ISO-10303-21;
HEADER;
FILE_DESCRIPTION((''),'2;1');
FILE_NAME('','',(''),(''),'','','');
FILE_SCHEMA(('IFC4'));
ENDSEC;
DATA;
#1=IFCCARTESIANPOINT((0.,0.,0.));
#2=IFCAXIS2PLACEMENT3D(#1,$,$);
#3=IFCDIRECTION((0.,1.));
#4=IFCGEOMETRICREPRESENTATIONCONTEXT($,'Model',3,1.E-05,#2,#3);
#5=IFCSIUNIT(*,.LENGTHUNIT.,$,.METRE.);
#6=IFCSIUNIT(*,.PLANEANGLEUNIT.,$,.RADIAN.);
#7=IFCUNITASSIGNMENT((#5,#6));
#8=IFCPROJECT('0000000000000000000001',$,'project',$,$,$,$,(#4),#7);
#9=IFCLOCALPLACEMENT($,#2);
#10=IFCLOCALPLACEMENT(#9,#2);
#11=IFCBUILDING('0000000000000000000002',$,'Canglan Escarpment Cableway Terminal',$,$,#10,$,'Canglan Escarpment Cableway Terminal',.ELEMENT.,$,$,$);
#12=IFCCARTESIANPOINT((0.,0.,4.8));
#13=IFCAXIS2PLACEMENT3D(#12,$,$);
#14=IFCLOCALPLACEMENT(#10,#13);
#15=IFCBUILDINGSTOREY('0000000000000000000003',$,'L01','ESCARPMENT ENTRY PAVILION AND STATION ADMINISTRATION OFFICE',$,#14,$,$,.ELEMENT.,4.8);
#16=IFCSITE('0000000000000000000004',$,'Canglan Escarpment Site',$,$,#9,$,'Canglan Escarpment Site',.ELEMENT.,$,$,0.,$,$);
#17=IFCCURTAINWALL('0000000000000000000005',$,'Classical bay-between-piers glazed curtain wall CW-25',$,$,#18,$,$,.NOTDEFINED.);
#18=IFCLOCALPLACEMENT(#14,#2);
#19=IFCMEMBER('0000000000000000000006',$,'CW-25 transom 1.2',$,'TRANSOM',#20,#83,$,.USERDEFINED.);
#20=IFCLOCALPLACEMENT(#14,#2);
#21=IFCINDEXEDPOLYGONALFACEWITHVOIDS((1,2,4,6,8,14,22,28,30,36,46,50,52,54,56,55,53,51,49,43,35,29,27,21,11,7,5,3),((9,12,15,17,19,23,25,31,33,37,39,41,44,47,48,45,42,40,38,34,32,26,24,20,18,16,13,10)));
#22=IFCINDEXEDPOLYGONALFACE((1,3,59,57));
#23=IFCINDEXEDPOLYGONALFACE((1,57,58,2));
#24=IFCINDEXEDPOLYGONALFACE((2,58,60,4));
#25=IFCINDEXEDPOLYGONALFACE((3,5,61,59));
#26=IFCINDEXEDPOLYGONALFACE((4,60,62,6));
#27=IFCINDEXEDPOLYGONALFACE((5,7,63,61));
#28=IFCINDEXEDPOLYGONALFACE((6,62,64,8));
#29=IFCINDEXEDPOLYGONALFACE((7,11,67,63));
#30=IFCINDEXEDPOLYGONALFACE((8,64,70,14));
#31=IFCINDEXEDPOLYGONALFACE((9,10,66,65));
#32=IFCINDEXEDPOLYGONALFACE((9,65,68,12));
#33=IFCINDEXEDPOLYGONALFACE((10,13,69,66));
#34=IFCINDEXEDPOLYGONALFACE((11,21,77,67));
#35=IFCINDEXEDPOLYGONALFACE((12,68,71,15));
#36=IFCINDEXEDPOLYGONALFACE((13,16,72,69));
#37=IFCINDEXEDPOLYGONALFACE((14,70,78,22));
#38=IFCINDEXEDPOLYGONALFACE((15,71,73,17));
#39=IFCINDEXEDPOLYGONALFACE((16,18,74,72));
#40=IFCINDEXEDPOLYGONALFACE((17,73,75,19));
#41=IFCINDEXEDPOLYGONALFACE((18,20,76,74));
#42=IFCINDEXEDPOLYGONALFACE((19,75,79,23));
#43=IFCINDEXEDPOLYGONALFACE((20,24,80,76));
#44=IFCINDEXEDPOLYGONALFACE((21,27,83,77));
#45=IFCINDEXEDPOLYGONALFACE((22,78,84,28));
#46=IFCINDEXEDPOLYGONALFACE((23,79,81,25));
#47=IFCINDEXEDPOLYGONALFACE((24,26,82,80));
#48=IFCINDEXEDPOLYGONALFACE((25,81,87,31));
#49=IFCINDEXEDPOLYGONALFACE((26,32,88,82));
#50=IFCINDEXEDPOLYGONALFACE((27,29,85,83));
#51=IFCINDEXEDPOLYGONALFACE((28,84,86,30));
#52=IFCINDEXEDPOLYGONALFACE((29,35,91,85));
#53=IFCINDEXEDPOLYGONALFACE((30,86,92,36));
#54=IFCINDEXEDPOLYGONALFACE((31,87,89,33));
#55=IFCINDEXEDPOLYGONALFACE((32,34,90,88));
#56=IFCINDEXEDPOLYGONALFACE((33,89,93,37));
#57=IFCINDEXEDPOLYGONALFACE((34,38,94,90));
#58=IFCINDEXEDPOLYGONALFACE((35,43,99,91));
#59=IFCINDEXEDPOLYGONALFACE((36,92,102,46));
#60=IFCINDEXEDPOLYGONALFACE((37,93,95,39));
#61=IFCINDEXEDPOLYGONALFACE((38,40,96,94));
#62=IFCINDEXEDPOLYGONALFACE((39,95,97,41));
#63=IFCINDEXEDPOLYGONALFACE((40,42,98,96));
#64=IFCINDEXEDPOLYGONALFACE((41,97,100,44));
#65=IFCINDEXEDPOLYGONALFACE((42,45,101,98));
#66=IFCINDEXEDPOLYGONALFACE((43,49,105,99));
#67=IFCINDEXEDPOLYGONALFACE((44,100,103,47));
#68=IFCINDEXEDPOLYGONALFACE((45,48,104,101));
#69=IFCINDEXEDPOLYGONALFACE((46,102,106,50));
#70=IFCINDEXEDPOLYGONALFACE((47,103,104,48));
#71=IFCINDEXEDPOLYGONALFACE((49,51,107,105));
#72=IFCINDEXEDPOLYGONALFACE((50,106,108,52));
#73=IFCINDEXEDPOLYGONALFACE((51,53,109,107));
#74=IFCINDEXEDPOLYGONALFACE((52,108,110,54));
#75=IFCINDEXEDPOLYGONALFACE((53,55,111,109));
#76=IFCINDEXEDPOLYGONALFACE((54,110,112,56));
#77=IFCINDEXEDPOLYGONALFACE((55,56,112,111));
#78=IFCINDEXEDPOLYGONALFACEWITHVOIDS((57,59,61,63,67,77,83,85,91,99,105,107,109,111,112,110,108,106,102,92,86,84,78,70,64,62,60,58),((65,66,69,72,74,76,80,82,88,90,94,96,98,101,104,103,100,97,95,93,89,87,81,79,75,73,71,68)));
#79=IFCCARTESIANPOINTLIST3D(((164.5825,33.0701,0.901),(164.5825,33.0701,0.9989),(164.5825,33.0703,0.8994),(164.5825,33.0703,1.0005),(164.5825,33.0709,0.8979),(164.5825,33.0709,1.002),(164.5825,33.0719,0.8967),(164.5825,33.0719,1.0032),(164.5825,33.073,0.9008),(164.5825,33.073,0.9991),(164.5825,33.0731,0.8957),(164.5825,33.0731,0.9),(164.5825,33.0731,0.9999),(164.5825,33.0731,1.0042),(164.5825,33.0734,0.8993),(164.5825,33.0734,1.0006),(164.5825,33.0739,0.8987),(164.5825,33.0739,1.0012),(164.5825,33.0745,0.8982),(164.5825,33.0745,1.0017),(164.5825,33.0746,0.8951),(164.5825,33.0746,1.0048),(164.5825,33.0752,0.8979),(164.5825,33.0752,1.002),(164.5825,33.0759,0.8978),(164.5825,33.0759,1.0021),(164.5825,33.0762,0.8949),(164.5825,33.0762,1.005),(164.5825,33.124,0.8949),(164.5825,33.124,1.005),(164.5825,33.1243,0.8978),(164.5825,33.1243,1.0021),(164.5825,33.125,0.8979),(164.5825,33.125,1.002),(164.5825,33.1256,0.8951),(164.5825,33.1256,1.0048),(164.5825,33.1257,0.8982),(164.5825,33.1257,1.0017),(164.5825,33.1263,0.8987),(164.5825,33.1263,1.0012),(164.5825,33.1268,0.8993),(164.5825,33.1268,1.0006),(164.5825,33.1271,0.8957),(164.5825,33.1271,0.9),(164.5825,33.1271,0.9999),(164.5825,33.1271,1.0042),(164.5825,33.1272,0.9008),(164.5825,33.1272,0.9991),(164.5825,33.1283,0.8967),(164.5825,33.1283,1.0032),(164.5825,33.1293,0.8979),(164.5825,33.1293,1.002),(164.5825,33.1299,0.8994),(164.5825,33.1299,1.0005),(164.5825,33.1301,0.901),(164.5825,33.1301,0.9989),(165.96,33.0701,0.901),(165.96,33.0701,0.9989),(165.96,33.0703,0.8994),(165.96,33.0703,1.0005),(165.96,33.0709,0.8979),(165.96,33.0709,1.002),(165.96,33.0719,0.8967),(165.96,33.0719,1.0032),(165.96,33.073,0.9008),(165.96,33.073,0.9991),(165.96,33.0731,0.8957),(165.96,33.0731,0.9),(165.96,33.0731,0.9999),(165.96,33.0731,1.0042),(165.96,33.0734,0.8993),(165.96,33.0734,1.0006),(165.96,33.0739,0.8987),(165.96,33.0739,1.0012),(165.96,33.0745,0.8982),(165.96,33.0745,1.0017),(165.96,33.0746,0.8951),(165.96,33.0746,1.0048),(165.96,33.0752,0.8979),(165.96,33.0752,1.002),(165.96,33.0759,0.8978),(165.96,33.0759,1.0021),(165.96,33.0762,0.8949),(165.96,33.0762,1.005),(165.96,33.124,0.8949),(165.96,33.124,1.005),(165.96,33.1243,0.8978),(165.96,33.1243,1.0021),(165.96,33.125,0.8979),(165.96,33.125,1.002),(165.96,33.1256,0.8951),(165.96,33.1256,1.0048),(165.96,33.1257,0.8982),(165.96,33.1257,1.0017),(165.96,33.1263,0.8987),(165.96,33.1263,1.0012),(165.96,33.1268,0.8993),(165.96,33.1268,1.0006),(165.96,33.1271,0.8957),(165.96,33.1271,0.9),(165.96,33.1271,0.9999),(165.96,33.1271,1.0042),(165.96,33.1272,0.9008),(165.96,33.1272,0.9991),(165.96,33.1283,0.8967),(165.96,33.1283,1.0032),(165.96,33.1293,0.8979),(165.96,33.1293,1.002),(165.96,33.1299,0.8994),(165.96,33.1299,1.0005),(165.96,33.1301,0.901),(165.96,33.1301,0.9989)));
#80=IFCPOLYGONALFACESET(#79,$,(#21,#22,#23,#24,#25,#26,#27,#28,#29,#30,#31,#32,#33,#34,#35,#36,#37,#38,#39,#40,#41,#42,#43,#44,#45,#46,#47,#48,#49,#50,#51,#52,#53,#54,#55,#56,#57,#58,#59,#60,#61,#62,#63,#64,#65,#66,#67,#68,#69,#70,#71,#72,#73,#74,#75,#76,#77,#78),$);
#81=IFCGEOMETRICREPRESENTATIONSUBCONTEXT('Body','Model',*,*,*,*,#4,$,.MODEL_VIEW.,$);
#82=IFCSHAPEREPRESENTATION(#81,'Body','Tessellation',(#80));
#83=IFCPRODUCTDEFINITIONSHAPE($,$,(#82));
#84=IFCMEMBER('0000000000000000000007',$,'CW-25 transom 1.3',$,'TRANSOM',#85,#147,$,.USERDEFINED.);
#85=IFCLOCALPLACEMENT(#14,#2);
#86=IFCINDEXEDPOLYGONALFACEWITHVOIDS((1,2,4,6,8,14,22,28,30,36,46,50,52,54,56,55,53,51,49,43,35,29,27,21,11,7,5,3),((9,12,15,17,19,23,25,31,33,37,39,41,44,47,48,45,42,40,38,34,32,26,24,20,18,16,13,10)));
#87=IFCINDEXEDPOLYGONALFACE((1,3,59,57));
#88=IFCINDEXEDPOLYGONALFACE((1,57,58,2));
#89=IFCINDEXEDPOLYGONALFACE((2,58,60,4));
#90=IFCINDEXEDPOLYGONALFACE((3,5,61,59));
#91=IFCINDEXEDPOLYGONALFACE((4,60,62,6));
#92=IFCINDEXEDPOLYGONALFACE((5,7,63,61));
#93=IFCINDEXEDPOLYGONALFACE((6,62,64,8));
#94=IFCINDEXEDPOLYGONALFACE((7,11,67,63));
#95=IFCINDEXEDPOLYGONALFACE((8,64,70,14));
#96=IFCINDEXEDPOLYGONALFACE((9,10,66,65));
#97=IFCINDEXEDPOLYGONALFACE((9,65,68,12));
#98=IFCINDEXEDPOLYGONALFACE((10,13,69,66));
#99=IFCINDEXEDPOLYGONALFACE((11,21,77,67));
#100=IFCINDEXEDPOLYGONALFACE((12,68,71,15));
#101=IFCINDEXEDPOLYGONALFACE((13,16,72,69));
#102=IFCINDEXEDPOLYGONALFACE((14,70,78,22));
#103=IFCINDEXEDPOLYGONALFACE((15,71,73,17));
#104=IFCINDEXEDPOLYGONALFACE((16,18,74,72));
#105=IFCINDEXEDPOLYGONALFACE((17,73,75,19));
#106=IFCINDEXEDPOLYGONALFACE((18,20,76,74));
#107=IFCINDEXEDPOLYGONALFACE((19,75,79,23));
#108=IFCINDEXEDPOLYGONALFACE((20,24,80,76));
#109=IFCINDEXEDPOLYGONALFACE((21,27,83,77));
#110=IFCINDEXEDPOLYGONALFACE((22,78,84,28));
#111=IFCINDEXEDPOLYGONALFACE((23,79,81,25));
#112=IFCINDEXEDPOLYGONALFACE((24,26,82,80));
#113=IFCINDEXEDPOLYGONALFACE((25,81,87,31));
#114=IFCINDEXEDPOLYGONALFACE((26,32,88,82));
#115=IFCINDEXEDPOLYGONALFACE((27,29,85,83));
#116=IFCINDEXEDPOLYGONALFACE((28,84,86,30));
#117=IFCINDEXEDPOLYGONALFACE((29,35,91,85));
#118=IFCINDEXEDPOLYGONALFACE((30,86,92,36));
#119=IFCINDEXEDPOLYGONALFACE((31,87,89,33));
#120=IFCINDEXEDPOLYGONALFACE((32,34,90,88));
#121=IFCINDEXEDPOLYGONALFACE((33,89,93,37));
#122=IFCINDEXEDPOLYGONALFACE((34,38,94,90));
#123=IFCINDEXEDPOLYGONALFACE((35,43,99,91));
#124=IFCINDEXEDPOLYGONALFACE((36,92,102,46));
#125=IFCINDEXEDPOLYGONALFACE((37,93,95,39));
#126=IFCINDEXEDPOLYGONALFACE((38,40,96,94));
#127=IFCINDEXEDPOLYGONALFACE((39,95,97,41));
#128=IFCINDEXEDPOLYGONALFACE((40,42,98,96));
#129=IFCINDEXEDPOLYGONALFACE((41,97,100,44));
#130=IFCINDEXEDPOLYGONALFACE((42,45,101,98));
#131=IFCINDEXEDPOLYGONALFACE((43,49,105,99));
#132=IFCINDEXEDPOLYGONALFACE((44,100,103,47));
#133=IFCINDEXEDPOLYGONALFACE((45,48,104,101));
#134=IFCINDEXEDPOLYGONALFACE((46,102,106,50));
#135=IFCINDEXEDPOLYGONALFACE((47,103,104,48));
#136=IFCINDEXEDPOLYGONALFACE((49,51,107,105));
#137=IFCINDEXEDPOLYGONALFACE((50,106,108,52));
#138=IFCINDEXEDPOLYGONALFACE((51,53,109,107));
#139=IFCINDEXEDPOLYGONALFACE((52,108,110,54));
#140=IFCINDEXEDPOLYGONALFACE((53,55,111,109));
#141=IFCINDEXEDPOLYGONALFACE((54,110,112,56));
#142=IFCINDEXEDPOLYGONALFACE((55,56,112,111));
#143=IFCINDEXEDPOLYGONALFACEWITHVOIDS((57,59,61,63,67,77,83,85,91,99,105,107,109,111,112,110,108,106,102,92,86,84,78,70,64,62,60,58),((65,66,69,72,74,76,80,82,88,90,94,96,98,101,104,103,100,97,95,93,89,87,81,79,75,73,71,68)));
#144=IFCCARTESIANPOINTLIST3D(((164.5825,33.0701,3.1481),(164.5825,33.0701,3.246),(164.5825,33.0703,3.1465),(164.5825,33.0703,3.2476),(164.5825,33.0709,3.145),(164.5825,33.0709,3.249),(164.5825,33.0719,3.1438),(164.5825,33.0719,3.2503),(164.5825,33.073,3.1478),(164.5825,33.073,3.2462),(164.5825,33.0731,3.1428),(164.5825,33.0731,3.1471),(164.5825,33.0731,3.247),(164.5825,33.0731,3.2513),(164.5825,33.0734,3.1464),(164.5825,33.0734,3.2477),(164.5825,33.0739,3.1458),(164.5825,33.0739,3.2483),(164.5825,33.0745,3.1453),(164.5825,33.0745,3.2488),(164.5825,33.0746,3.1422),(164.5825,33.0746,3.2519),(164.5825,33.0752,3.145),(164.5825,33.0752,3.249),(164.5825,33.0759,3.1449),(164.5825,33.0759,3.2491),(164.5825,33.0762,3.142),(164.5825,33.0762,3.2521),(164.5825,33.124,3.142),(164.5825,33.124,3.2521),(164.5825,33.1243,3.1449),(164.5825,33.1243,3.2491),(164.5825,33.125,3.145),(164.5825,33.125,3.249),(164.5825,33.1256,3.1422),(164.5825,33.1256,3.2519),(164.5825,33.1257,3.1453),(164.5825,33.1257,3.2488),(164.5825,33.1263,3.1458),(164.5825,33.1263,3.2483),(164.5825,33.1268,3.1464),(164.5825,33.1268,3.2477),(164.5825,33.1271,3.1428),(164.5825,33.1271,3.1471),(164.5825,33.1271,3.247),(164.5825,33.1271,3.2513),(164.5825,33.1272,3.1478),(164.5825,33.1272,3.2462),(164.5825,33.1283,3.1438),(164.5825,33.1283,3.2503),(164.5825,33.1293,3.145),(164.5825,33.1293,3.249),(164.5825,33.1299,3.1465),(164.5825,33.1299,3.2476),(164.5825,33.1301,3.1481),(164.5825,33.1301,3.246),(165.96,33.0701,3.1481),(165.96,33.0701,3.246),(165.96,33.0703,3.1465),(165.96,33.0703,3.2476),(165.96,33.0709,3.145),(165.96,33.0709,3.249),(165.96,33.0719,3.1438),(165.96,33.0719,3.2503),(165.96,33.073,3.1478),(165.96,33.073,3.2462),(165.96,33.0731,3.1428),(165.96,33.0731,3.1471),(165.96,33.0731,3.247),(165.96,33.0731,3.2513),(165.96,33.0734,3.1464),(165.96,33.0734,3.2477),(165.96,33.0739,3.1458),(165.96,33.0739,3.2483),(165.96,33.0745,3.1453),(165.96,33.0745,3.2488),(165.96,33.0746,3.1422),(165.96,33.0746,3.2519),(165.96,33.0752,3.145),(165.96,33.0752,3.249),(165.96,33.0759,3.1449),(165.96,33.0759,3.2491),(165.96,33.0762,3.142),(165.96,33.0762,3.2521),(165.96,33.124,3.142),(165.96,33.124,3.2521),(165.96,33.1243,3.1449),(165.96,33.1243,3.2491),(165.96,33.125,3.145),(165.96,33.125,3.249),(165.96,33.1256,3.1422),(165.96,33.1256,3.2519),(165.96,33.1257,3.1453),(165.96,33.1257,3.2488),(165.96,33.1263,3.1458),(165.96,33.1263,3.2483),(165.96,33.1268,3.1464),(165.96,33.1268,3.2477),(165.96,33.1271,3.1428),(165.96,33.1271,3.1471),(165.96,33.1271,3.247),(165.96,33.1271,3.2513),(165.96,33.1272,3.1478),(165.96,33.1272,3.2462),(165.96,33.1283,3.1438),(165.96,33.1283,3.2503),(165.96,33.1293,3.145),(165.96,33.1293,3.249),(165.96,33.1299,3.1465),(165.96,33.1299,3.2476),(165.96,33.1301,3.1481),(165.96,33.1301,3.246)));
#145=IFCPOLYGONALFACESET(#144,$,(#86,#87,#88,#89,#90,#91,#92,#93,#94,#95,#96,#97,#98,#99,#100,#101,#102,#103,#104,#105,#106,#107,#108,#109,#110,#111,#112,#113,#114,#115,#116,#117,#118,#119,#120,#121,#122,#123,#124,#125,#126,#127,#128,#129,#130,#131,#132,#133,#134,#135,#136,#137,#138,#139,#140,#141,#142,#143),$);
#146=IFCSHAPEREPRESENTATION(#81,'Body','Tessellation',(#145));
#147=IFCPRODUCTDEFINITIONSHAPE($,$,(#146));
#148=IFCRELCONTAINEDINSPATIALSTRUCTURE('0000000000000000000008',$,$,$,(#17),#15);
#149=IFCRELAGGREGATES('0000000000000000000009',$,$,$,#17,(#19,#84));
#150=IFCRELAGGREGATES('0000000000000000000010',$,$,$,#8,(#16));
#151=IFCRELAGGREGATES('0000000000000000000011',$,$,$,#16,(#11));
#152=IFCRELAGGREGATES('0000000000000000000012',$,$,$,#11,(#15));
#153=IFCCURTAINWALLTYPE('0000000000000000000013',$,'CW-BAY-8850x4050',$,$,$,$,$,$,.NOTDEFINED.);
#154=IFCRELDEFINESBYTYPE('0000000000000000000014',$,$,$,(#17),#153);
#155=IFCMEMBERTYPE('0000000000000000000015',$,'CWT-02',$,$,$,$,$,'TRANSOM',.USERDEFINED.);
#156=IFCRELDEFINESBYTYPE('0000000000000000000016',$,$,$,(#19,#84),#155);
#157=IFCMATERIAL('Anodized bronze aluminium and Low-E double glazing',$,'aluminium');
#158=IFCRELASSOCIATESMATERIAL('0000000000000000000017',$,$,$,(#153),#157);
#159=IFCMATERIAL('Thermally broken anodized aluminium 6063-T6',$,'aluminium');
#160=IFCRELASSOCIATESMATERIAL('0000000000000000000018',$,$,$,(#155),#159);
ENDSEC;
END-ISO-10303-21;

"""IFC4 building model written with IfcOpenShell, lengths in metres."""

from ifc_helpers import new_model, si_unit, direction, frame, origin, origin_2d, place, context, subcontext, project, spatial, hollow_rectangle, extrude, material, material_profile, profile_set, type_object, element, aggregate, save


model = new_model("IFC4")

# Units and contexts
model_context = context("Model", 3, precision=1e-05, world=origin(), true_north=direction((0.0, 1.0)))
body_context = subcontext(model_context, "Body", "Model", "MODEL_VIEW")
ifc_project = project(units=[si_unit("LENGTHUNIT", "METRE"), si_unit("PLANEANGLEUNIT", "RADIAN")], contexts=[model_context])

# Site, building, storey
site_placement = place(None, origin())
site = spatial("IfcSite", under=ifc_project, at=site_placement, Name="Canglan Escarpment Site", LongName="Canglan Escarpment Site", CompositionType="ELEMENT", RefElevation=0.0)
building_placement = place(site_placement, origin())
building = spatial("IfcBuilding", under=site, at=building_placement, Name="Canglan Escarpment Cableway Terminal", LongName="Canglan Escarpment Cableway Terminal", CompositionType="ELEMENT")
storey_placement = place(building_placement, frame((0.0, 0.0, 4.8)))
storey = spatial("IfcBuildingStorey", under=building, at=storey_placement, Name="L01", Description="ESCARPMENT ENTRY PAVILION AND STATION ADMINISTRATION OFFICE", CompositionType="ELEMENT", Elevation=4.8)

# Curtain wall, members
ifc_material_1 = material(Name="Anodized bronze aluminium and Low-E double glazing", Category="aluminium")
curtain_wall_type = type_object("IfcCurtainWallType", Name="CW-BAY-8850x4050", PredefinedType="NOTDEFINED", material=ifc_material_1)
curtain_wall_placement = place(storey_placement, origin())
curtain_wall = element("IfcCurtainWall", 1, at=curtain_wall_placement, inside=storey, type_object=curtain_wall_type, Name="Classical bay-between-piers glazed curtain wall CW-25", PredefinedType="NOTDEFINED")
ifc_material_2 = material(Name="Thermally broken anodized aluminium 6063-T6", Category="aluminium")
ifc_material_profile_1 = material_profile(ifc_material_2, hollow_rectangle(XDim=0.0601, YDim=0.1101, WallThickness=0.0029, InnerFilletRadius=0.0029, OuterFilletRadius=0.0061, at=origin_2d()), Name="ALU-TRAN 60x110x3")
ifc_profile_set_1 = profile_set([ifc_material_profile_1], Name="Thermally broken anodized aluminium 6063-T6")
member_type_1 = type_object("IfcMemberType", Name="CWT-02", ElementType="TRANSOM", PredefinedType="USERDEFINED", material=ifc_profile_set_1)
member_1_placement = place(storey_placement, frame((165.96, 33.1001, 0.95), z_axis=(-1.0, 0.0, 0.0), x_axis=(0.0, -1.0, 0.0)))
member_1 = element("IfcMember", 2, at=member_1_placement, type_object=member_type_1, Name="CW-25 transom 1.2", ObjectType="TRANSOM", PredefinedType="USERDEFINED", context=body_context, shape_type="SweptSolid", body=[
    extrude(hollow_rectangle(XDim=0.0601, YDim=0.1101, WallThickness=0.0029, InnerFilletRadius=0.0029, OuterFilletRadius=0.0061, at=origin_2d()), origin(), (0.0, 0.0, 1.0), 1.3774),
])
member_2_placement = place(storey_placement, frame((165.96, 33.1001, 3.197), z_axis=(-1.0, 0.0, 0.0), x_axis=(0.0, -1.0, 0.0)))
member_2 = element("IfcMember", 3, at=member_2_placement, type_object=member_type_1, Name="CW-25 transom 1.3", ObjectType="TRANSOM", PredefinedType="USERDEFINED", context=body_context, shape_type="SweptSolid", body=[
    extrude(hollow_rectangle(XDim=0.0601, YDim=0.1101, WallThickness=0.0029, InnerFilletRadius=0.0029, OuterFilletRadius=0.0061, at=origin_2d()), origin(), (0.0, 0.0, 1.0), 1.3774),
])

aggregate(curtain_wall, [member_1, member_2])

save(model, "model.ifc")
